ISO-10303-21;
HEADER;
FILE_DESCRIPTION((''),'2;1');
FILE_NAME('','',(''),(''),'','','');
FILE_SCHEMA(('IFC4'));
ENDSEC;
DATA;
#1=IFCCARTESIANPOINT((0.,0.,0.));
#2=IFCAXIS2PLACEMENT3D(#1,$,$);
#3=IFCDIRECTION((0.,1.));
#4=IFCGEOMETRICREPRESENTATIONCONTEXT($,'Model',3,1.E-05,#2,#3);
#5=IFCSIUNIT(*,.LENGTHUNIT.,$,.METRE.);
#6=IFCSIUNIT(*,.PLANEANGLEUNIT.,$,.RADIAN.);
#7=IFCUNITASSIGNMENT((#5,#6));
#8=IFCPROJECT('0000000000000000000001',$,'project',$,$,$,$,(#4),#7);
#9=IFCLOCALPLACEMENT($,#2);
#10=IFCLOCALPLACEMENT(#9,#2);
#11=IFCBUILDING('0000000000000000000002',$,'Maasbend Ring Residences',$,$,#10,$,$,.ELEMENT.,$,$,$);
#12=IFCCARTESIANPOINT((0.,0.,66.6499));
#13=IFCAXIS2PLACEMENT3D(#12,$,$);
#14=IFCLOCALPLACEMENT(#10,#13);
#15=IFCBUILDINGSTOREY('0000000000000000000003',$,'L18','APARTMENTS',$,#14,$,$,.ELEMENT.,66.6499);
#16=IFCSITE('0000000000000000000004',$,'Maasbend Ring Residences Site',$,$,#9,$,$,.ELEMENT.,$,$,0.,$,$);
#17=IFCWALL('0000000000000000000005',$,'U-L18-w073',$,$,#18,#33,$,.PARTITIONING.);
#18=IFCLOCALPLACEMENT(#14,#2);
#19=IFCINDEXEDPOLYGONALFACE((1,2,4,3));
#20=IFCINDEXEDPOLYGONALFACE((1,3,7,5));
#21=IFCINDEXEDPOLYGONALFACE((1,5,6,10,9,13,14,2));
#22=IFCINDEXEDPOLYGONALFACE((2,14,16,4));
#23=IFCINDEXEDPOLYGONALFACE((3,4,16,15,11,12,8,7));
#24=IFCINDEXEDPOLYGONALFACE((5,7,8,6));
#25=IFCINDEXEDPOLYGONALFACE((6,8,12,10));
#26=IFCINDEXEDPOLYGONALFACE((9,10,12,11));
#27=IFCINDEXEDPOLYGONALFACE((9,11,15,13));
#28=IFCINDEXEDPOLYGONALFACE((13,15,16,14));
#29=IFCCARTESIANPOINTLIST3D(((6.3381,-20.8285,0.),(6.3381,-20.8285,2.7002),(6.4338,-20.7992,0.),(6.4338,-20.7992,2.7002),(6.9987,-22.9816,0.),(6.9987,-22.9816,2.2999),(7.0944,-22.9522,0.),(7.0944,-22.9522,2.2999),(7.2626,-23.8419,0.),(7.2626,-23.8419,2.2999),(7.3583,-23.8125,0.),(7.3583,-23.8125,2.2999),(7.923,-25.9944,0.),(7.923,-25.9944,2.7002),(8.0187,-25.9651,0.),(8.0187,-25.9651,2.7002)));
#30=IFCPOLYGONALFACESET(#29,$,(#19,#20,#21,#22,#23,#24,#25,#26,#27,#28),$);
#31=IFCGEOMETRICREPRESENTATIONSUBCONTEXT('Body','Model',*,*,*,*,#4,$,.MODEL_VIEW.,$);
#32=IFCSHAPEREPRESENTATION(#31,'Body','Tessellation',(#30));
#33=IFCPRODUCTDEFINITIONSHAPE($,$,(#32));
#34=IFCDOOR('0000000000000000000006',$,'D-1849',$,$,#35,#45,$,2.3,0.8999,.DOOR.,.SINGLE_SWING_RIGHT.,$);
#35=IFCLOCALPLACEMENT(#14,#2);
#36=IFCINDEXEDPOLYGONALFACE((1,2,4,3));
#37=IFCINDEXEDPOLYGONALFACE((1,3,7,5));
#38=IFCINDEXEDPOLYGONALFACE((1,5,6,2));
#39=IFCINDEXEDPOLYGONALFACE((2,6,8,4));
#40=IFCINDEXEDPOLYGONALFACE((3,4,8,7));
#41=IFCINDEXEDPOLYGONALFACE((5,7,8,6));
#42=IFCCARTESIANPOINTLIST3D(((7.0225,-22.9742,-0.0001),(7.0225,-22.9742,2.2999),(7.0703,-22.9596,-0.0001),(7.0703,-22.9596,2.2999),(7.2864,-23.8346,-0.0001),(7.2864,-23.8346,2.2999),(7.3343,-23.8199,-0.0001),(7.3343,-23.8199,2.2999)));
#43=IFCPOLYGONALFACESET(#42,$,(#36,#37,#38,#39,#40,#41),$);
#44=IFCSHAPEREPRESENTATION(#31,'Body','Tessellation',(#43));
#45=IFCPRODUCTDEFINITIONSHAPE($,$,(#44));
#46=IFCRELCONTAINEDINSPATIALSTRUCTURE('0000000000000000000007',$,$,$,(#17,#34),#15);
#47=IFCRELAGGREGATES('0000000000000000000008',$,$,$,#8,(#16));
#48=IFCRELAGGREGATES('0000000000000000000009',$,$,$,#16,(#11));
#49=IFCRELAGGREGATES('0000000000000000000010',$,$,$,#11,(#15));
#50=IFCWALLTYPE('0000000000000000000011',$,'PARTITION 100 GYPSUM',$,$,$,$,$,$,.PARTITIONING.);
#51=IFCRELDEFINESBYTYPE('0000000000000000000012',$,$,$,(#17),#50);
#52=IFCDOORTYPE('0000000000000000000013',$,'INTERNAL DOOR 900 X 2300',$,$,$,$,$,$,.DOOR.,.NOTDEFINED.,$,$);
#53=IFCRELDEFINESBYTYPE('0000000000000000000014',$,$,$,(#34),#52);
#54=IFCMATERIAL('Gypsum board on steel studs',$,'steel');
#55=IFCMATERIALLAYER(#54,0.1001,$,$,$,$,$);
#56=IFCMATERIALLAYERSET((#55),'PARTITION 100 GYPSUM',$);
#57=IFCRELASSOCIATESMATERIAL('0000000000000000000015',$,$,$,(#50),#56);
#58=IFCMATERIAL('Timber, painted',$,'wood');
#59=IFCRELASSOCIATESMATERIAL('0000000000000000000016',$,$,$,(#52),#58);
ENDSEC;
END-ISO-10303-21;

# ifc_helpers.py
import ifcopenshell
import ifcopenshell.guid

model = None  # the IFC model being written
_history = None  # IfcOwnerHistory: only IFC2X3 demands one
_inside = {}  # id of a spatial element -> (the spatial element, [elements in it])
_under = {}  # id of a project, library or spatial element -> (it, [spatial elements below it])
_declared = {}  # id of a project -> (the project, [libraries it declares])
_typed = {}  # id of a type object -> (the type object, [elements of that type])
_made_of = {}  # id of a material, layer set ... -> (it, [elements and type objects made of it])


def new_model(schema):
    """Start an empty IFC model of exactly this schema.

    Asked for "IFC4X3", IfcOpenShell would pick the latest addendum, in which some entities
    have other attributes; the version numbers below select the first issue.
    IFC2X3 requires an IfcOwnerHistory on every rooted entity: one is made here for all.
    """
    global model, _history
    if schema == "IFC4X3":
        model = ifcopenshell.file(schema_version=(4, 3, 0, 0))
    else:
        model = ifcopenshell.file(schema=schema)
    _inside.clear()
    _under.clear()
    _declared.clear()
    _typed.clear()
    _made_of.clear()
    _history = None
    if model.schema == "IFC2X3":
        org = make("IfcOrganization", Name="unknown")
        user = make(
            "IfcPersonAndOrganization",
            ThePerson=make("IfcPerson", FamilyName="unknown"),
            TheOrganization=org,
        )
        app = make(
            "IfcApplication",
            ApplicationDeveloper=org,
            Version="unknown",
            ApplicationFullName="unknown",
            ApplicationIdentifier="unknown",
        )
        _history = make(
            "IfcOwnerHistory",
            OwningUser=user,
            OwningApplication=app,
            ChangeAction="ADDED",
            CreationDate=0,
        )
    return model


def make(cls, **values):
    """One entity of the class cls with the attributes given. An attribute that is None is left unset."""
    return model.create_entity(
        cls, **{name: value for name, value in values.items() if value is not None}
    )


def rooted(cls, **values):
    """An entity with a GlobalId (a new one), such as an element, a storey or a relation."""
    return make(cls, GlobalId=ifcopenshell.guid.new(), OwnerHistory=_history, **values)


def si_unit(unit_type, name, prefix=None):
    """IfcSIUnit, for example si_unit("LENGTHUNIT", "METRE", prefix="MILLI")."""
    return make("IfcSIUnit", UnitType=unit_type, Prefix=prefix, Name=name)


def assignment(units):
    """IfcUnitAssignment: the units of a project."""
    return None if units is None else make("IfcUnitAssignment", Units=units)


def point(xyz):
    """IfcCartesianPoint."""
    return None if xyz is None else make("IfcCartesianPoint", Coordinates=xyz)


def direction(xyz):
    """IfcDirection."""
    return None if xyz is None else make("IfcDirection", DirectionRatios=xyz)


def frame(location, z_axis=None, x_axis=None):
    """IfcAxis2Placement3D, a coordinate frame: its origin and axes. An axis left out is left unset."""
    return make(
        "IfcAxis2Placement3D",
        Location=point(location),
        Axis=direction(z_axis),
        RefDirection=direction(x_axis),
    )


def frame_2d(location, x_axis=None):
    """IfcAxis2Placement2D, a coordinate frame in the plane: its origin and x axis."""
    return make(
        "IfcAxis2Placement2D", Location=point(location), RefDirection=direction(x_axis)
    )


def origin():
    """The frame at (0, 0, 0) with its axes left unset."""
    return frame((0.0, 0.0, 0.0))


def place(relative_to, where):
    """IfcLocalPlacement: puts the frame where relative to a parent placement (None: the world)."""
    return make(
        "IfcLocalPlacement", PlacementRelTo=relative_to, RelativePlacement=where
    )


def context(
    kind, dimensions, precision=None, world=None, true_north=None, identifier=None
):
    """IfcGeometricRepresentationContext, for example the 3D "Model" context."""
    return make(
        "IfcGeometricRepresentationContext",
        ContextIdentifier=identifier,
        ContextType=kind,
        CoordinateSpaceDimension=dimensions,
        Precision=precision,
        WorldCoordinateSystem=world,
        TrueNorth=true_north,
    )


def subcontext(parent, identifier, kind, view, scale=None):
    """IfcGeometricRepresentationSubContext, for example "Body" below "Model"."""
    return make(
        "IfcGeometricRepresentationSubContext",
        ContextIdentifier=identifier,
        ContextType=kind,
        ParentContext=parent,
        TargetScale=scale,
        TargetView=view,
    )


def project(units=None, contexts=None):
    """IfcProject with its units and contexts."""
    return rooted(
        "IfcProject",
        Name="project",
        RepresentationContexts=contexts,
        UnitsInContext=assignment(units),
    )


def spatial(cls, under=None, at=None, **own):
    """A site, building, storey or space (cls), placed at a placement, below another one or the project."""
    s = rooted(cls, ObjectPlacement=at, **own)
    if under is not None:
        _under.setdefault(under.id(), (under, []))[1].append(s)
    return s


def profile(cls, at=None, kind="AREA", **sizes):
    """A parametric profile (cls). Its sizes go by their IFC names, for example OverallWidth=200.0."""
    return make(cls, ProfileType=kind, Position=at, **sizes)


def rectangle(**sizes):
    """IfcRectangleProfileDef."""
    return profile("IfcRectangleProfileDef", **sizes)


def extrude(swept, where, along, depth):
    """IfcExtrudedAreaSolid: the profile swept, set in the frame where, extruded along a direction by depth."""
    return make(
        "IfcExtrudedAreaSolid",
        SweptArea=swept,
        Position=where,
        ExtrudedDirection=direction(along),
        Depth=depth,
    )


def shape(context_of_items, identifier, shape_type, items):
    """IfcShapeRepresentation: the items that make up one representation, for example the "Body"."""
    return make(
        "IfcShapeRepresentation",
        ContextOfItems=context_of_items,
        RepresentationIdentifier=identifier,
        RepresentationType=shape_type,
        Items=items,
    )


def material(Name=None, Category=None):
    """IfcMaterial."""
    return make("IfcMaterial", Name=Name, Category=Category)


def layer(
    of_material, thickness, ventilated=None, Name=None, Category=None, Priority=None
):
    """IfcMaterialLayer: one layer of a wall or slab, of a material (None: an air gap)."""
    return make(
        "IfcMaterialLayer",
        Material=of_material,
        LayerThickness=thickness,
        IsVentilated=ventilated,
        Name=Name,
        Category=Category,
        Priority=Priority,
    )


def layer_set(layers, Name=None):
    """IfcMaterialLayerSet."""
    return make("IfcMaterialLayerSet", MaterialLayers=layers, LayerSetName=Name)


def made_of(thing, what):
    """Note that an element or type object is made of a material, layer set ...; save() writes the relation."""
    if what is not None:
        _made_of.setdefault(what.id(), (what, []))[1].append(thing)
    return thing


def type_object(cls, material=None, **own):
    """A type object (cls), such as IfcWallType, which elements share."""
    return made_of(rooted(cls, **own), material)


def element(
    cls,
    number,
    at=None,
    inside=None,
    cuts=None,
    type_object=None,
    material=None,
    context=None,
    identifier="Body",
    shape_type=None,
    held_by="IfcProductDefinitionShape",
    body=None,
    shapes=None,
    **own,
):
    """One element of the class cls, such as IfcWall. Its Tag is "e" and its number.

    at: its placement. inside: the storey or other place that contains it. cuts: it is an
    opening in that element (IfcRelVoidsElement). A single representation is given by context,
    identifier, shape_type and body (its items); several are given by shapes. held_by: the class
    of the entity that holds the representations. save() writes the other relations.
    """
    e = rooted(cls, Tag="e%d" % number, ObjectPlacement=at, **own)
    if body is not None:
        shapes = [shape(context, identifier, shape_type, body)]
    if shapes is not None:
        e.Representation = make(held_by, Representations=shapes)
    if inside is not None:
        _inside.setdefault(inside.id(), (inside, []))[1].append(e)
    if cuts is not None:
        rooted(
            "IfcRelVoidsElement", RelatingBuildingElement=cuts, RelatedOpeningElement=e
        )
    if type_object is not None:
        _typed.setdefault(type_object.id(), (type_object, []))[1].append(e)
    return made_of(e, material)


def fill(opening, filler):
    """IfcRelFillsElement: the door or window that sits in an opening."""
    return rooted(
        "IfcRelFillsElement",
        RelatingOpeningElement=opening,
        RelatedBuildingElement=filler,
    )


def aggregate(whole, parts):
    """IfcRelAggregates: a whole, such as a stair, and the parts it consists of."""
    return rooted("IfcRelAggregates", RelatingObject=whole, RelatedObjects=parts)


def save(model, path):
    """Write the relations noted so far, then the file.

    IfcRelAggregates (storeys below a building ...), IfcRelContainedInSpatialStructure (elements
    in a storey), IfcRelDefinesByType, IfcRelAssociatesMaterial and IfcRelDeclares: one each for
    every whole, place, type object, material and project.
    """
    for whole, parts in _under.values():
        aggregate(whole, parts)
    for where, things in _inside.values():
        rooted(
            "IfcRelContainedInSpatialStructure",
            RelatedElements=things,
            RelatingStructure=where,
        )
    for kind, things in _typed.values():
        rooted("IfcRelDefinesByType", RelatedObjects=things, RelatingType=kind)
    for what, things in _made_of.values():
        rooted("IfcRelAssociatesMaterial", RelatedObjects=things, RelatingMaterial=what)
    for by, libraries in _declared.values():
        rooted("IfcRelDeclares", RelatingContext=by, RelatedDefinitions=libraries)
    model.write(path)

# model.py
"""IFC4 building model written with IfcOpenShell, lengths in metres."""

from ifc_helpers import new_model, si_unit, direction, frame, frame_2d, origin, place, context, subcontext, project, spatial, rectangle, extrude, material, layer, layer_set, type_object, element, fill, save


model = new_model("IFC4")

# Units and contexts
model_context = context("Model", 3, precision=1e-05, world=origin(), true_north=direction((0.0, 1.0)))
body_context = subcontext(model_context, "Body", "Model", "MODEL_VIEW")
ifc_project = project(units=[si_unit("LENGTHUNIT", "METRE"), si_unit("PLANEANGLEUNIT", "RADIAN")], contexts=[model_context])

# Site, building, storey
site_placement = place(None, origin())
site = spatial("IfcSite", under=ifc_project, at=site_placement, Name="Maasbend Ring Residences Site", CompositionType="ELEMENT", RefElevation=0.0)
building_placement = place(site_placement, origin())
building = spatial("IfcBuilding", under=site, at=building_placement, Name="Maasbend Ring Residences", CompositionType="ELEMENT")
storey_placement = place(building_placement, frame((0.0, 0.0, 66.6499)))
storey = spatial("IfcBuildingStorey", under=building, at=storey_placement, Name="L18", Description="APARTMENTS", CompositionType="ELEMENT", Elevation=66.6499)

# Shared definitions
ifc_material_1 = material(Name="Gypsum board on steel studs", Category="steel")
ifc_layer_1 = layer(ifc_material_1, 0.1001)
ifc_layer_set_1 = layer_set([ifc_layer_1], Name="PARTITION 100 GYPSUM")
wall_type_1 = type_object("IfcWallType", Name="PARTITION 100 GYPSUM", PredefinedType="PARTITIONING", material=ifc_layer_set_1)

# Wall, opening, door
ifc_material_2 = material(Name="Timber, painted", Category="wood")
door_type_1 = type_object("IfcDoorType", Name="INTERNAL DOOR 900 X 2300", OperationType="NOTDEFINED", PredefinedType="DOOR", material=ifc_material_2)
wall_1_placement = place(storey_placement, frame((6.386, -20.814, 0.0), z_axis=(0.0, 0.0, 1.0), x_axis=(0.293311, -0.956017, 0.0)))
wall_1 = element("IfcWall", 1, at=wall_1_placement, inside=storey, type_object=wall_type_1, Name="U-L18-w073", PredefinedType="PARTITIONING", context=body_context, shape_type="SweptSolid", body=[
    extrude(rectangle(XDim=5.4036, YDim=0.1001, at=frame_2d((2.7017, 0.0))), origin(), (0.0, 0.0, 1.0), 2.7002),
])
opening_1_placement = place(wall_1_placement, frame((2.252, 0.0, 0.0)))
opening_1 = element("IfcOpeningElement", 2, at=opening_1_placement, cuts=wall_1, PredefinedType="OPENING", context=body_context, shape_type="SweptSolid", body=[
    extrude(rectangle(XDim=0.8999, YDim=2.3, at=frame_2d((0.45, 1.1499))), frame((0.0, 0.0601, 0.0), z_axis=(0.0, -1.0, 0.0), x_axis=(1.0, 0.0, 0.0)), (0.0, 0.0, 1.0), 0.1201),
])
door_1_placement = place(opening_1_placement, origin())
door_1 = element("IfcDoor", 3, at=door_1_placement, inside=storey, type_object=door_type_1, Name="D-1849", OperationType="SINGLE_SWING_RIGHT", OverallHeight=2.3, OverallWidth=0.8999, PredefinedType="DOOR", context=body_context, shape_type="SweptSolid", body=[
    extrude(rectangle(XDim=0.8999, YDim=2.3, at=frame_2d((0.45, 1.1499))), frame((0.0, 0.0249, 0.0), z_axis=(0.0, -1.0, 0.0), x_axis=(1.0, 0.0, 0.0)), (0.0, 0.0, 1.0), 0.05),
])
fill(opening_1, door_1)

save(model, "model.ifc")
